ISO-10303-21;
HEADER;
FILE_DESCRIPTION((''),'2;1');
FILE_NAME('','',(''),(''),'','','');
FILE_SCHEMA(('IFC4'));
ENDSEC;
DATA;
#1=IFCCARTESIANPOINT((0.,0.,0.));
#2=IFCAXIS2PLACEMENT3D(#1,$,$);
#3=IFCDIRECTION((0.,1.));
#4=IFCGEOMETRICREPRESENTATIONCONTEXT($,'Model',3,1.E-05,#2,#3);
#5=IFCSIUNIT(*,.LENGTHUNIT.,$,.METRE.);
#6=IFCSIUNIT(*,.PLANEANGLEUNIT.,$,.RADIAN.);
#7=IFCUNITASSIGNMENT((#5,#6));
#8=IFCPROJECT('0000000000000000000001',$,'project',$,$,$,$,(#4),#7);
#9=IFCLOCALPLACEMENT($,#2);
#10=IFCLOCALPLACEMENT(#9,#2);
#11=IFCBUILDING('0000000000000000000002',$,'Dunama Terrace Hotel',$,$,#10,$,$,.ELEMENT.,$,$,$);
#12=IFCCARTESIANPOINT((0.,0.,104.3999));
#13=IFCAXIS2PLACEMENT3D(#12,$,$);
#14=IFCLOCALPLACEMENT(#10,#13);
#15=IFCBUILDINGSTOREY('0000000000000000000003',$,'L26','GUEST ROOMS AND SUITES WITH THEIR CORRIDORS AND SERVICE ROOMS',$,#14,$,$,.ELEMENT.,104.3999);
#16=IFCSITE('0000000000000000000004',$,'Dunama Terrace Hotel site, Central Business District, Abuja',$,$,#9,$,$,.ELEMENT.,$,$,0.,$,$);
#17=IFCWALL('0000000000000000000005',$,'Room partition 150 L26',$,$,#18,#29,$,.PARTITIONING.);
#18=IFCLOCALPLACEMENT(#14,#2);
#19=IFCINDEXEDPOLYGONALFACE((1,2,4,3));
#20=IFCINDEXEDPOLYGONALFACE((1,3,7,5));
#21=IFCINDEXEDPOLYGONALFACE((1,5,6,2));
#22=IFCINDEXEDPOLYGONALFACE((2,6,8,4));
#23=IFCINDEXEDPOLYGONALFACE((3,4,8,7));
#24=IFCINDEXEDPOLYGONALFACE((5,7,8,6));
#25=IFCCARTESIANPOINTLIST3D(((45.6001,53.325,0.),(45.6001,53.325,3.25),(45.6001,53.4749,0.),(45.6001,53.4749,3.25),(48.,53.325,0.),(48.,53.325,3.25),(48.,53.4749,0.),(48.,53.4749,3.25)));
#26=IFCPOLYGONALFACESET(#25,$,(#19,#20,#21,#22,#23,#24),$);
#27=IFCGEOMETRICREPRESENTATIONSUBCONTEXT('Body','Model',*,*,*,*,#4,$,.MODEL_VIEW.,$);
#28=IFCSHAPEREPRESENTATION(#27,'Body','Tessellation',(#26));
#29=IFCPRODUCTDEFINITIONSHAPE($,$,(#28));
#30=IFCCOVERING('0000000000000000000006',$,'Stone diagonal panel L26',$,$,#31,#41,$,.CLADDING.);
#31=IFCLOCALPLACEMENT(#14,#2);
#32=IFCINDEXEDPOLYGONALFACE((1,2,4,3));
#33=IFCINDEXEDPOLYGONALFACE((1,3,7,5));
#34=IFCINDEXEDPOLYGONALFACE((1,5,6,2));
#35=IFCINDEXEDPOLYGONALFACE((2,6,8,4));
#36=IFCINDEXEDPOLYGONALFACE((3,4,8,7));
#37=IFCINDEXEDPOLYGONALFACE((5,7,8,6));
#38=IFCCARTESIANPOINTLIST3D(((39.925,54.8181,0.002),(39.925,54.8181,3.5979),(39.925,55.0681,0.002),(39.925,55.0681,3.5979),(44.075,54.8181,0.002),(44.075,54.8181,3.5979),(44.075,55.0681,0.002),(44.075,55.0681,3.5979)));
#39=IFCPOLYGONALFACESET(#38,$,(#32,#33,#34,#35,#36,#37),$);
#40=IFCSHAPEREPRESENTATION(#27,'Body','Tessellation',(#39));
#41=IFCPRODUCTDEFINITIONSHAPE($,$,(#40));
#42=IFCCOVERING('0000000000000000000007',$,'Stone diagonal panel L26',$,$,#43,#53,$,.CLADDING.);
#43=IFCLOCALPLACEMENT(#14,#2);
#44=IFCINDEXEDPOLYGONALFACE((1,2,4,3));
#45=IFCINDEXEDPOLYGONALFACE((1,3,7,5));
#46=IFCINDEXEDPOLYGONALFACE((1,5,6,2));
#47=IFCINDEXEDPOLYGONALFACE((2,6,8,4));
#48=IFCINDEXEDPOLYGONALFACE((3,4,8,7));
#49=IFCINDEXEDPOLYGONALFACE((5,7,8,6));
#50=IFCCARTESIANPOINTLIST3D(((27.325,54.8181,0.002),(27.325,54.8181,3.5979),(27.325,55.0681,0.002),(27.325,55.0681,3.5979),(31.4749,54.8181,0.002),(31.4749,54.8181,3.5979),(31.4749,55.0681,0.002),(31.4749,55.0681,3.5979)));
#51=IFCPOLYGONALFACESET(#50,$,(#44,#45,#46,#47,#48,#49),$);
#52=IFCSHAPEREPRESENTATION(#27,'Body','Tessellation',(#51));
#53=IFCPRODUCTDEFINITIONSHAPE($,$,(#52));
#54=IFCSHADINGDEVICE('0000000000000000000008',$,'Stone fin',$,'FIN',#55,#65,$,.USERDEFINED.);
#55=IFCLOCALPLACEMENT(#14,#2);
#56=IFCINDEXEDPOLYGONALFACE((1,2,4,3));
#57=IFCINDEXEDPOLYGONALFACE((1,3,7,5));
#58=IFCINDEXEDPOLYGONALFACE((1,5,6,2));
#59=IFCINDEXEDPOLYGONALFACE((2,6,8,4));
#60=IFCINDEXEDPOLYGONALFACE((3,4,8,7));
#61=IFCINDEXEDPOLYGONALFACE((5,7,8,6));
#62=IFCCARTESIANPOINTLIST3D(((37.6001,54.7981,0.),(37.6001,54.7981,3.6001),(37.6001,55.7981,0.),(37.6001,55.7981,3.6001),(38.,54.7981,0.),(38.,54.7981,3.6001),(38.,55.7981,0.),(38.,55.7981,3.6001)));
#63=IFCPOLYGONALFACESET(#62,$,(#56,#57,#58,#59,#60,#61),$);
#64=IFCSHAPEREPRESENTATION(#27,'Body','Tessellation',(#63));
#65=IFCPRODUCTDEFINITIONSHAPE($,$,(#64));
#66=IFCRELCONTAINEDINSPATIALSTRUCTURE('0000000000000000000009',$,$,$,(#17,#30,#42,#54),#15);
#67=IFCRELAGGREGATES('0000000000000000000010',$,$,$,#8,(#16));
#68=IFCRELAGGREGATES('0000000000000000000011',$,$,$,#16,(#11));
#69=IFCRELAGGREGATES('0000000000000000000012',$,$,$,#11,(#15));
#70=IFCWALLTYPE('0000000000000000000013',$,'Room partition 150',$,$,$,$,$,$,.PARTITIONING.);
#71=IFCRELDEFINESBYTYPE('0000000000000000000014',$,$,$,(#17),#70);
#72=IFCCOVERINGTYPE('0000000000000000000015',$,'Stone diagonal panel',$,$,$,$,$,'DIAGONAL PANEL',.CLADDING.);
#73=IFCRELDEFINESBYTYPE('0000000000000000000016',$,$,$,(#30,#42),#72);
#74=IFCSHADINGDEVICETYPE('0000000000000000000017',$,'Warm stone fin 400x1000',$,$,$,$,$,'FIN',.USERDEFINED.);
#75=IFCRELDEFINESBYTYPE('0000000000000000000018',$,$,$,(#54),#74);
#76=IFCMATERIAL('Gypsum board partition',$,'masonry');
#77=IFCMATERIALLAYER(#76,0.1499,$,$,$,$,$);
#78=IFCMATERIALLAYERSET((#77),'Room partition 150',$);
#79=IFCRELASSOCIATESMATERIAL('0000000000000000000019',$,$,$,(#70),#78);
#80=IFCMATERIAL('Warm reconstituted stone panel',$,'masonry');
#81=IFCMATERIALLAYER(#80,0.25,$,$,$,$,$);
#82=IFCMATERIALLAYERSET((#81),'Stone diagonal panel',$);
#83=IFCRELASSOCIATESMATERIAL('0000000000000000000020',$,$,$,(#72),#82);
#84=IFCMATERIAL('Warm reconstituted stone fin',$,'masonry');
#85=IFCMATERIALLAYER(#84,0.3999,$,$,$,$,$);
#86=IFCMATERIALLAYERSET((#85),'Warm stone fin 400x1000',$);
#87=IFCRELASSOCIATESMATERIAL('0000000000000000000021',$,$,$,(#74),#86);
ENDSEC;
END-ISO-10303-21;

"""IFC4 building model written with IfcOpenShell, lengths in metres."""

from ifc_helpers import new_model, si_unit, direction, frame, frame_2d, origin, origin_2d, place, context, subcontext, project, spatial, rectangle, extrude, material, layer, layer_set, type_object, element, save


model = new_model("IFC4")

# Units and contexts
model_context = context("Model", 3, precision=1e-05, world=origin(), true_north=direction((0.0, 1.0)))
body_context = subcontext(model_context, "Body", "Model", "MODEL_VIEW")
ifc_project = project(units=[si_unit("LENGTHUNIT", "METRE"), si_unit("PLANEANGLEUNIT", "RADIAN")], contexts=[model_context])

# Site, building, storey
site_placement = place(None, origin())
site = spatial("IfcSite", under=ifc_project, at=site_placement, Name="Dunama Terrace Hotel site, Central Business District, Abuja", CompositionType="ELEMENT", RefElevation=0.0)
building_placement = place(site_placement, origin())
building = spatial("IfcBuilding", under=site, at=building_placement, Name="Dunama Terrace Hotel", CompositionType="ELEMENT")
storey_placement = place(building_placement, frame((0.0, 0.0, 104.3999)))
storey = spatial("IfcBuildingStorey", under=building, at=storey_placement, Name="L26", Description="GUEST ROOMS AND SUITES WITH THEIR CORRIDORS AND SERVICE ROOMS", CompositionType="ELEMENT", Elevation=104.3999)

# Shared definitions
ifc_material_1 = material(Name="Gypsum board partition", Category="masonry")
ifc_layer_1 = layer(ifc_material_1, 0.1499)
ifc_layer_set_1 = layer_set([ifc_layer_1], Name="Room partition 150")
wall_type_1 = type_object("IfcWallType", Name="Room partition 150", PredefinedType="PARTITIONING", material=ifc_layer_set_1)

# Wall
wall_1_placement = place(storey_placement, frame((45.6001, 53.3999, 0.0), z_axis=(0.0, 0.0, 1.0), x_axis=(1.0, 0.0, 0.0)))
element("IfcWall", 1, at=wall_1_placement, inside=storey, type_object=wall_type_1, Name="Room partition 150 L26", PredefinedType="PARTITIONING", context=body_context, shape_type="SweptSolid", body=[
    extrude(rectangle(XDim=2.3999, YDim=0.1499, at=frame_2d((1.2, 0.0))), origin(), (0.0, 0.0, 1.0), 3.25),
])

# Coverings
ifc_material_2 = material(Name="Warm reconstituted stone panel", Category="masonry")
ifc_layer_2 = layer(ifc_material_2, 0.25)
ifc_layer_set_2 = layer_set([ifc_layer_2], Name="Stone diagonal panel")
covering_type = type_object("IfcCoveringType", Name="Stone diagonal panel", ElementType="DIAGONAL PANEL", PredefinedType="CLADDING", material=ifc_layer_set_2)
for number, where, z_axis, x_axis, name in (
    (2, (42.0, 54.9431, 0.002), (0.0, 0.0, 1.0), (-1.0, 0.0, 0.0), "Stone diagonal panel L26"),
    (3, (29.3999, 54.9431, 0.002), (0.0, 0.0, 1.0), (-1.0, 0.0, 0.0), "Stone diagonal panel L26"),
):
    element("IfcCovering", number, at=place(storey_placement, frame(where, z_axis=z_axis, x_axis=x_axis)), inside=storey, type_object=covering_type, Name=name, PredefinedType="CLADDING", context=body_context, shape_type="SweptSolid", body=[
        extrude(rectangle(XDim=4.1499, YDim=0.25, at=origin_2d()), origin(), (0.0, 0.0, 1.0), 3.5959),
    ])

# Shading device
ifc_material_3 = material(Name="Warm reconstituted stone fin", Category="masonry")
ifc_layer_3 = layer(ifc_material_3, 0.3999)
ifc_layer_set_3 = layer_set([ifc_layer_3], Name="Warm stone fin 400x1000")
shading_device_type = type_object("IfcShadingDeviceType", Name="Warm stone fin 400x1000", ElementType="FIN", PredefinedType="USERDEFINED", material=ifc_layer_set_3)
shading_device_placement = place(storey_placement, frame((37.8, 55.2981, 0.0), z_axis=(0.0, 0.0, 1.0), x_axis=(-1.0, 0.0, 0.0)))
element("IfcShadingDevice", 4, at=shading_device_placement, inside=storey, type_object=shading_device_type, Name="Stone fin", ObjectType="FIN", PredefinedType="USERDEFINED", context=body_context, shape_type="SweptSolid", body=[
    extrude(rectangle(XDim=0.3999, YDim=1.0, at=origin_2d()), origin(), (0.0, 0.0, 1.0), 3.6001),
])

save(model, "model.ifc")
